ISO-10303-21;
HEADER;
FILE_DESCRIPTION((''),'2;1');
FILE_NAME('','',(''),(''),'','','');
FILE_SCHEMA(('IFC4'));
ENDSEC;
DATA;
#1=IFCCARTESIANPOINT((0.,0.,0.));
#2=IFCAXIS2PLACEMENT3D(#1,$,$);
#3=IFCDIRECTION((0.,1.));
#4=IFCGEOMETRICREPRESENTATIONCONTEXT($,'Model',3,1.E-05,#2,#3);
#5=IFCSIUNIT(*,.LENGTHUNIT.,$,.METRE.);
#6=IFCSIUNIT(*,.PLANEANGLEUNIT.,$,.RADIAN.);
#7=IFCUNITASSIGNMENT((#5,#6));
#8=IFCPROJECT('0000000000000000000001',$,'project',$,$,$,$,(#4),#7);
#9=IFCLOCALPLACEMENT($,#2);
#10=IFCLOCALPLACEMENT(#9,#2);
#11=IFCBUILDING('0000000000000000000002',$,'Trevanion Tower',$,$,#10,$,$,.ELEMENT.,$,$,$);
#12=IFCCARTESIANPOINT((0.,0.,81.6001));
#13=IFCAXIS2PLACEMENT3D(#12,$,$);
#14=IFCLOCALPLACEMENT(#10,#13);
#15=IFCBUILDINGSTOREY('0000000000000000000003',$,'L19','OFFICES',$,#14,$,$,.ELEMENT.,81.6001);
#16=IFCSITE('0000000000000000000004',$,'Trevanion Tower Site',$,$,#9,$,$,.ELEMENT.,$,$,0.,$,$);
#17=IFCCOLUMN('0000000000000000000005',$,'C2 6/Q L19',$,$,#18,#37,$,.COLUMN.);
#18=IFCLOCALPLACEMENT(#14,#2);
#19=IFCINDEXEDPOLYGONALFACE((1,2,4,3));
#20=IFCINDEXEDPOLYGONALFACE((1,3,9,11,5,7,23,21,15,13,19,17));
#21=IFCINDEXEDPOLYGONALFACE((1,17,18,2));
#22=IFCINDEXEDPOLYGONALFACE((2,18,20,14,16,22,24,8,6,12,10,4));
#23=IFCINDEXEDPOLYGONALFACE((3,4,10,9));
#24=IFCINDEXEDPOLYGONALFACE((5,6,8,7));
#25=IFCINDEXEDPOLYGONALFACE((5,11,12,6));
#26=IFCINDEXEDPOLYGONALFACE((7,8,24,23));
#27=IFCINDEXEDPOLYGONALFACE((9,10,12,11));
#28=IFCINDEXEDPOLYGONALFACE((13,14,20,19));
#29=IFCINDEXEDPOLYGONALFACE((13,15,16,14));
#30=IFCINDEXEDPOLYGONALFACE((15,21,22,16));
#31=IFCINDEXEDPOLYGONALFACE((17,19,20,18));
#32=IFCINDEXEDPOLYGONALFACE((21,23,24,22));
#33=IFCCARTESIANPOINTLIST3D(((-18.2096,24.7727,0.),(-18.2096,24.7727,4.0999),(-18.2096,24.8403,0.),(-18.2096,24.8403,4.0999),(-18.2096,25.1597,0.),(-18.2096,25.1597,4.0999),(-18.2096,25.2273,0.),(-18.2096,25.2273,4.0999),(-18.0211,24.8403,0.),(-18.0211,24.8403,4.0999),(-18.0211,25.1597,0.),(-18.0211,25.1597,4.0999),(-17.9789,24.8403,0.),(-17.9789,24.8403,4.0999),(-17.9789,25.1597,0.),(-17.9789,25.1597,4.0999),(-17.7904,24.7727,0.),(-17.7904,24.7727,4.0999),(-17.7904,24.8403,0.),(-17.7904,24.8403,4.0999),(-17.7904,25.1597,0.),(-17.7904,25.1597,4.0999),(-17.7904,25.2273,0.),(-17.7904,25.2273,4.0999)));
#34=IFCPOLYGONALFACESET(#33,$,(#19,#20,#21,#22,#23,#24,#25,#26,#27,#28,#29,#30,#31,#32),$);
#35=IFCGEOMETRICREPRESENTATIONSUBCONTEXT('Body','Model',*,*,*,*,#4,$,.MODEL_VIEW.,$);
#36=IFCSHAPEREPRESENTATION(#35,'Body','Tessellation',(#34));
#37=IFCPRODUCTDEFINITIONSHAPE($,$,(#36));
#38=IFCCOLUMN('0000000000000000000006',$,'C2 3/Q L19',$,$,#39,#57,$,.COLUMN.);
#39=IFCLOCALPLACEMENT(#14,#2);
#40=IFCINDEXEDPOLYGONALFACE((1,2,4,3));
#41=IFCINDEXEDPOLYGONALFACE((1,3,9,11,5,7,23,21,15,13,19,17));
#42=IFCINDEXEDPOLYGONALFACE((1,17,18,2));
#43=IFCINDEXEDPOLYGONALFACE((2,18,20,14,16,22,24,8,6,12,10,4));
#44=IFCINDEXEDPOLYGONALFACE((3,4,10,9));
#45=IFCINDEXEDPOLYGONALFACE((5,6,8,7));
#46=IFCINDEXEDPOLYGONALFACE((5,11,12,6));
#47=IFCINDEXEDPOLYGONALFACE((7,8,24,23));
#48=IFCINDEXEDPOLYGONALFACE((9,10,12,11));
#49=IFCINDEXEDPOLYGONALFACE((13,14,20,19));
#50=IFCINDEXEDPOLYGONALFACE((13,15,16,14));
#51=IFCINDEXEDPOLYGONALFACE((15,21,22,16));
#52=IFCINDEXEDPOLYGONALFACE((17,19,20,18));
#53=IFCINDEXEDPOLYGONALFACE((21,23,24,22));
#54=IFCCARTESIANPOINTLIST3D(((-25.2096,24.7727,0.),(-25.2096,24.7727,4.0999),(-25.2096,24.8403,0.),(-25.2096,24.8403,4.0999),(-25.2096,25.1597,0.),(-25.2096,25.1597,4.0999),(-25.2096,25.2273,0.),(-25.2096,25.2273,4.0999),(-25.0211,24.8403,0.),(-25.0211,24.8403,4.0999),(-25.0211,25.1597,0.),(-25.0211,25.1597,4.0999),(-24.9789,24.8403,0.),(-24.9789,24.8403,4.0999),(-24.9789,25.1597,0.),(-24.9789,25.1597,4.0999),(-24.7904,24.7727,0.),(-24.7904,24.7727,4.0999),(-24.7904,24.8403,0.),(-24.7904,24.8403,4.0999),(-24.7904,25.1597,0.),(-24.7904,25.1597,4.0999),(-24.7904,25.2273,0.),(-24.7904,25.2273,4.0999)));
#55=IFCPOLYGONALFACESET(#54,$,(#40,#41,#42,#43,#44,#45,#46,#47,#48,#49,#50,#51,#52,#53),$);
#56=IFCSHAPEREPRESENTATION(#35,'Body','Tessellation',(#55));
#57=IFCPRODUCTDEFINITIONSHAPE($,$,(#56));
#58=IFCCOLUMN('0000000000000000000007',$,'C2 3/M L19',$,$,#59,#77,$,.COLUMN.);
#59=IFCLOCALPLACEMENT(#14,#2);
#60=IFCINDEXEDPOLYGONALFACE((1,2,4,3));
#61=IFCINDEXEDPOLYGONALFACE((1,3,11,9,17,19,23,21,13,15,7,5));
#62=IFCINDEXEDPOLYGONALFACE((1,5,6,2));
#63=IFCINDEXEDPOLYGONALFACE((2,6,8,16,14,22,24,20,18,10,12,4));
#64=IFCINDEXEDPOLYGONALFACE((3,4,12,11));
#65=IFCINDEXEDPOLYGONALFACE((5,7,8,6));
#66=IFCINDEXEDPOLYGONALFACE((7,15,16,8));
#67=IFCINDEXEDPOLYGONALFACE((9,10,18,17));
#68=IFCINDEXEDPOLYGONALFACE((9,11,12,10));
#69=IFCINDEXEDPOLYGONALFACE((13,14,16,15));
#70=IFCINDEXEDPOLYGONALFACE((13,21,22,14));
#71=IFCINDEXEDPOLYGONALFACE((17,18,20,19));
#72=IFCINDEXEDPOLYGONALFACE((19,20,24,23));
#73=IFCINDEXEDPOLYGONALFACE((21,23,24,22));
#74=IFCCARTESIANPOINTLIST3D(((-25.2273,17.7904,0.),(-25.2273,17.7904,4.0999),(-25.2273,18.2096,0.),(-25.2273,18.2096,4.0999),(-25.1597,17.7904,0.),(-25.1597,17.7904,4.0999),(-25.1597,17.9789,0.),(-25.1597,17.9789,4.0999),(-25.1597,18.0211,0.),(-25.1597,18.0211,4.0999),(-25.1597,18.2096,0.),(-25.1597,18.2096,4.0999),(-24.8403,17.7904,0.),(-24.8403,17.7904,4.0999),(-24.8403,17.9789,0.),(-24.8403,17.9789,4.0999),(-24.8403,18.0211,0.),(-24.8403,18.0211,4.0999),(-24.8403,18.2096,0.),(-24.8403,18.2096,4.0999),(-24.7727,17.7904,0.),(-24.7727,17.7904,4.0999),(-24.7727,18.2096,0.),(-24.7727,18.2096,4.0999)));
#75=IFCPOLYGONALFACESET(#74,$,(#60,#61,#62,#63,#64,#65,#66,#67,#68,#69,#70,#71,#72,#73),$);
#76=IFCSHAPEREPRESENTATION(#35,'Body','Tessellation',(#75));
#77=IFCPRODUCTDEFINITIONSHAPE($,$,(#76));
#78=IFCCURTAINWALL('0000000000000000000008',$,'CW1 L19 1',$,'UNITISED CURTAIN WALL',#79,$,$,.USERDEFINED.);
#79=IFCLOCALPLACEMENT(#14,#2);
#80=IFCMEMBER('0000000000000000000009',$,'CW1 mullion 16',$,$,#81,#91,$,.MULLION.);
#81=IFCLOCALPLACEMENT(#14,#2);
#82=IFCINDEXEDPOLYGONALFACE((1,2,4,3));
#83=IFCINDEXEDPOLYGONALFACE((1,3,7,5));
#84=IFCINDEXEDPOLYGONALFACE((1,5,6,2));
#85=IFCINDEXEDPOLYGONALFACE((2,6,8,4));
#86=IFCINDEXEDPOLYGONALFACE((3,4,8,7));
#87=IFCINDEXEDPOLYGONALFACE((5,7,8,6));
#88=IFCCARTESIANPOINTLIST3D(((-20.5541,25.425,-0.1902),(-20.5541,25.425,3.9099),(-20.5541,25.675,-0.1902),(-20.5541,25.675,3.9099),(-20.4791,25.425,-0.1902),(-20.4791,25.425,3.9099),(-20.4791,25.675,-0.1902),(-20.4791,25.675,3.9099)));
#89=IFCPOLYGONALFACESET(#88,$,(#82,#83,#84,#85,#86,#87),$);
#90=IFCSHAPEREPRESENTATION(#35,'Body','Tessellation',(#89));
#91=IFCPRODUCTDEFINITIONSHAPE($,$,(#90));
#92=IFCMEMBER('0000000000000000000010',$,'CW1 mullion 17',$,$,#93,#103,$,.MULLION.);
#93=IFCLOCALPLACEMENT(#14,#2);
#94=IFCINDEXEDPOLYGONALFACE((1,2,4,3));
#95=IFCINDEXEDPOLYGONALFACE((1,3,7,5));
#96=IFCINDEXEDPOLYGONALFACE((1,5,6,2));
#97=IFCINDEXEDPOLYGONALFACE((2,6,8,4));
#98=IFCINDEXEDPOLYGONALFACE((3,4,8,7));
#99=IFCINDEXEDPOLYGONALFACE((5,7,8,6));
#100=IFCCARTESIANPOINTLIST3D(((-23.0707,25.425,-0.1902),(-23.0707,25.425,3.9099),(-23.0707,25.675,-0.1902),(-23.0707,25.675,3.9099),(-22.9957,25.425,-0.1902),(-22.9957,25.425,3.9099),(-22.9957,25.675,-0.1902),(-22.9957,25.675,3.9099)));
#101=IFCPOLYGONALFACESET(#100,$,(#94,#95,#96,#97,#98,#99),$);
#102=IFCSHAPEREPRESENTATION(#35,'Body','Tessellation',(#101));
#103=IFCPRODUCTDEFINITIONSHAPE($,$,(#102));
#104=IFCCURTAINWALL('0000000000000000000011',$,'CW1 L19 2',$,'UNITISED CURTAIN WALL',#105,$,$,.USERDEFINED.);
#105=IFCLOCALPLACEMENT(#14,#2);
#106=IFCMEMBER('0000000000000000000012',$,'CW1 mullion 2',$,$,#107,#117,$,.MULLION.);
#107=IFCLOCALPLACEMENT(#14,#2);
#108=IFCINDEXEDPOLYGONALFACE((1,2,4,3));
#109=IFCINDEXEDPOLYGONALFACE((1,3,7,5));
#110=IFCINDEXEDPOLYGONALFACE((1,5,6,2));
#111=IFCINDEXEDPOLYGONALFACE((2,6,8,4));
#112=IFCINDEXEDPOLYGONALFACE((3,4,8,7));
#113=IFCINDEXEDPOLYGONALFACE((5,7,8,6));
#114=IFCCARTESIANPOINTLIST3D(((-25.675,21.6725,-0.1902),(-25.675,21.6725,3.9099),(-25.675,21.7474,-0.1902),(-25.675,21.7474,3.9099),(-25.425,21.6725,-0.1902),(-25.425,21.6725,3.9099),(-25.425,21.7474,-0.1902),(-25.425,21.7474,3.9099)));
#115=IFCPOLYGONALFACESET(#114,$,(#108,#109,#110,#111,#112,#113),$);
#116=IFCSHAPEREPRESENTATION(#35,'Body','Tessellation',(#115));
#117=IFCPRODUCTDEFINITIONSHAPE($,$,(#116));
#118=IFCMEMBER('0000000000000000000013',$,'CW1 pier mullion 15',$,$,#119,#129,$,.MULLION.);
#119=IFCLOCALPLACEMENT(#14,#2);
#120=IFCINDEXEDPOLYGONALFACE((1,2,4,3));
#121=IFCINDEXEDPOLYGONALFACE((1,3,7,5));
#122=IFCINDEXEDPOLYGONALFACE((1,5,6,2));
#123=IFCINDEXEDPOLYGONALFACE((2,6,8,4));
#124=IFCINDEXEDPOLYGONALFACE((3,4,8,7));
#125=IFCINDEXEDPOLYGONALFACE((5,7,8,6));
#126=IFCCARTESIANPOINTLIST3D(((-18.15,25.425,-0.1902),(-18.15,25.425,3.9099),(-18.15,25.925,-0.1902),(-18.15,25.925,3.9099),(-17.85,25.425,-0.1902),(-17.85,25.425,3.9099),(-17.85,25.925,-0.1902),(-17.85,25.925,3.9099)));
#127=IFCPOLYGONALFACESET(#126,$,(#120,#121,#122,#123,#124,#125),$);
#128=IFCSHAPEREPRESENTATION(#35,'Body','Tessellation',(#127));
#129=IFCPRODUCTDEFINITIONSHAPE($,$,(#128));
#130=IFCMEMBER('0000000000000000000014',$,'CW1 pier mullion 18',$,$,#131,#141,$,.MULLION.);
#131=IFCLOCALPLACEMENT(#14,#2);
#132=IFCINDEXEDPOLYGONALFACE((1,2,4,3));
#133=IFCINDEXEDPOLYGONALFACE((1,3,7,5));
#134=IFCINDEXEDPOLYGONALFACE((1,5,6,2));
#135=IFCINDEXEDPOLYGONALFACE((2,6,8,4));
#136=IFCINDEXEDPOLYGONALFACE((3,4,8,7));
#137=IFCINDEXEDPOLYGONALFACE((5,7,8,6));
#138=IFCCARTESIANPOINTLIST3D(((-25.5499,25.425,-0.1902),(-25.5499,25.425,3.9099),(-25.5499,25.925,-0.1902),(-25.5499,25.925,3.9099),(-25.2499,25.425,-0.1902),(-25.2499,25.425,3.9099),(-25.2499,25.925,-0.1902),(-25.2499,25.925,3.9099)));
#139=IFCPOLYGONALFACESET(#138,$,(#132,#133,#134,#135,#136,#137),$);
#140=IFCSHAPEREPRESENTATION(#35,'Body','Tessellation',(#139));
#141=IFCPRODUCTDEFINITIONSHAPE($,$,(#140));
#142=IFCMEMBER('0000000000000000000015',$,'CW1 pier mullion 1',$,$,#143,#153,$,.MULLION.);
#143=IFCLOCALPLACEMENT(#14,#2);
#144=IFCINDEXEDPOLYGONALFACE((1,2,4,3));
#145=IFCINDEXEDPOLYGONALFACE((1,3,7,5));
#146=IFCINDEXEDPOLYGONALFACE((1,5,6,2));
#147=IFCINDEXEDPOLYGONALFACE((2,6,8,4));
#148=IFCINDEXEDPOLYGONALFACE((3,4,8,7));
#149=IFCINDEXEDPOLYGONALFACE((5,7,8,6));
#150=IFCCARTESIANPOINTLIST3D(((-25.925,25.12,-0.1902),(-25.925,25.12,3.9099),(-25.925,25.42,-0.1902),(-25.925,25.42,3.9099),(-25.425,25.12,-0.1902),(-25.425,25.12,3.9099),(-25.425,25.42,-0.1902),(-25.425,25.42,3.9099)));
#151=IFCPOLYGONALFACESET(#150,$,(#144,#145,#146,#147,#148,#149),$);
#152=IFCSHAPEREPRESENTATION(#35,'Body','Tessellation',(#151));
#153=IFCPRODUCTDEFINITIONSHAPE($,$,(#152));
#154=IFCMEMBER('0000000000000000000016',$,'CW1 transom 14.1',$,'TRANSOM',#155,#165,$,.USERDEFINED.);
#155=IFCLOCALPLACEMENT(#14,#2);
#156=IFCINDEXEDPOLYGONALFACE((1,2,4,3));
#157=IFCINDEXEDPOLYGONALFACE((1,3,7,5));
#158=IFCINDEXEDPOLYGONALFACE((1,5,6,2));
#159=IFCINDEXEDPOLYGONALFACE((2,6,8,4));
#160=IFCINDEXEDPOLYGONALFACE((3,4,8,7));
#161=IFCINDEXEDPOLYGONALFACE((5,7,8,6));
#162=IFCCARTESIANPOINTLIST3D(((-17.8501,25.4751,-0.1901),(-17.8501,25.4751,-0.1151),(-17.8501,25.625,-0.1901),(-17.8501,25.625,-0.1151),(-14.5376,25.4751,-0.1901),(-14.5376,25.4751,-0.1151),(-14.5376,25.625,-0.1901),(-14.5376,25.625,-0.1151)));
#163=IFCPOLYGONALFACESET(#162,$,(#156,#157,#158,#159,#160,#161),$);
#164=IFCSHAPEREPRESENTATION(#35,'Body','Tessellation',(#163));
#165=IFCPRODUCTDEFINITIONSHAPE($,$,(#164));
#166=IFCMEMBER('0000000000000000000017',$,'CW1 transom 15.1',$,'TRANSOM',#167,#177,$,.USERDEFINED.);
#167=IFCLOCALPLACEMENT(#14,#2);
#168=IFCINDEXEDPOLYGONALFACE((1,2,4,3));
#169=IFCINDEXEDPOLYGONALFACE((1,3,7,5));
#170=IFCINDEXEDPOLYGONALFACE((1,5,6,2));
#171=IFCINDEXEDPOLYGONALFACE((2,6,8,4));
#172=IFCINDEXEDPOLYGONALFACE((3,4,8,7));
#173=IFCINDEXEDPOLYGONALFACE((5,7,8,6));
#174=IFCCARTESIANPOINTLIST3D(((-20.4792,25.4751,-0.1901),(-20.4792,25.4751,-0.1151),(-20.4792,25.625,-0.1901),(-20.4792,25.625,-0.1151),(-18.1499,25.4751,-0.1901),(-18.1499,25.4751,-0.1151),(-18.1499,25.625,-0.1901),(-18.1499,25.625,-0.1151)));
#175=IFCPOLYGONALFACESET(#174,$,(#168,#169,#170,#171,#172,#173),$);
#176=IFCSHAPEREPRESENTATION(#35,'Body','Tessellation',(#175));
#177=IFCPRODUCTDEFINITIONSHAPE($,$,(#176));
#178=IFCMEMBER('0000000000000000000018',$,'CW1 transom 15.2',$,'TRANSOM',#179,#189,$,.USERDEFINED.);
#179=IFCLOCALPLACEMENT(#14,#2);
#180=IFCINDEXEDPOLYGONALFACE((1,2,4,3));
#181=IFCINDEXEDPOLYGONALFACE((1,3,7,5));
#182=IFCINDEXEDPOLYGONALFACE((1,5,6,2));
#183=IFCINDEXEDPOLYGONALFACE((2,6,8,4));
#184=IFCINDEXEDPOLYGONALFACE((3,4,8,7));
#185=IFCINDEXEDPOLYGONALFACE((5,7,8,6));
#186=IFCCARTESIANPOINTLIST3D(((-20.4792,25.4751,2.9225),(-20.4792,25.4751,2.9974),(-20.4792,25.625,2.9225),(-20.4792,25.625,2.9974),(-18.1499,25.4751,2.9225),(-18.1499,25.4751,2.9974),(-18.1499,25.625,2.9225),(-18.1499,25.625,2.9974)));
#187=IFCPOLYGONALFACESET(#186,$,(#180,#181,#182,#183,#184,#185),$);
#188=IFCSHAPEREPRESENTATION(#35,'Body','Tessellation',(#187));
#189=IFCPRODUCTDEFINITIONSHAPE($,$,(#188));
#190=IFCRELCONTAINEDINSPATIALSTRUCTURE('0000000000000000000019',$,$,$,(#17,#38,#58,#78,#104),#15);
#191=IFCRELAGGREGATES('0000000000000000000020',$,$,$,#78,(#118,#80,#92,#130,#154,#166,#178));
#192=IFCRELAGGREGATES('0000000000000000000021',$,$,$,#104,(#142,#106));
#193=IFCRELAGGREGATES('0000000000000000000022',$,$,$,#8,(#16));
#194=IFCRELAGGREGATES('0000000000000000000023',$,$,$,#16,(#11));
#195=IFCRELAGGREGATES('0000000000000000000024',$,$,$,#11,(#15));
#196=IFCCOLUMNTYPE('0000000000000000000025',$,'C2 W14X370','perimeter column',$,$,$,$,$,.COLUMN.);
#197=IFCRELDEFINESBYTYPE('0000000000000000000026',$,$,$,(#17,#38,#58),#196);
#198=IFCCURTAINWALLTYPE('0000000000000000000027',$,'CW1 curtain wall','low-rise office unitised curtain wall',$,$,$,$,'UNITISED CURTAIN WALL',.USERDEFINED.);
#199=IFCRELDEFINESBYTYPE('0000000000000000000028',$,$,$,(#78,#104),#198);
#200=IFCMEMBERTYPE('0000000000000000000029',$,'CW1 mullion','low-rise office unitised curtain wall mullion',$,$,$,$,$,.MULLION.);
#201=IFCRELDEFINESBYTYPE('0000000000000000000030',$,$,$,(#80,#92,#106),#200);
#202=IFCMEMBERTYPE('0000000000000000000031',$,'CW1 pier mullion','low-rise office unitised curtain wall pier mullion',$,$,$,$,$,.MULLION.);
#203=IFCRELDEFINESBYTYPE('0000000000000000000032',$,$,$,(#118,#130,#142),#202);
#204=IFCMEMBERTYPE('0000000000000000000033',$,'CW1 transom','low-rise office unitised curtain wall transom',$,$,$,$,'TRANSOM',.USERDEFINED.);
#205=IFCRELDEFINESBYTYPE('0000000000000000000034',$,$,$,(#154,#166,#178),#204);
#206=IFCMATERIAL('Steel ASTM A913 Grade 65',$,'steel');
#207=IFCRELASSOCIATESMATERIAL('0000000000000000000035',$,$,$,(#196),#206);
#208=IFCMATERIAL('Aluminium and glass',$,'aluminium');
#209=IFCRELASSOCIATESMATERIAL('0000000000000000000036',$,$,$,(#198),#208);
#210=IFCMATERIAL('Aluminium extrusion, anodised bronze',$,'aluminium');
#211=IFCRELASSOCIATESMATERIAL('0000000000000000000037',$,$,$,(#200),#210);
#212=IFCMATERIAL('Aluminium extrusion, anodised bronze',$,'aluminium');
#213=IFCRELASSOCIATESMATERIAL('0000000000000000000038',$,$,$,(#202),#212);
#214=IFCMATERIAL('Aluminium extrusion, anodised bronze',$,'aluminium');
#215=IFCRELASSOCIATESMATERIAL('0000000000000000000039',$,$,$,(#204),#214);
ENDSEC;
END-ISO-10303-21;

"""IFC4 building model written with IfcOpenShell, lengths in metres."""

from ifc_helpers import new_model, si_unit, direction, frame, origin, origin_2d, place, context, subcontext, project, spatial, rectangle, i_section, extrude, material, material_profile, profile_set, type_object, element, aggregate, save


model = new_model("IFC4")

# Units and contexts
model_context = context("Model", 3, precision=1e-05, world=origin(), true_north=direction((0.0, 1.0)))
body_context = subcontext(model_context, "Body", "Model", "MODEL_VIEW")
ifc_project = project(units=[si_unit("LENGTHUNIT", "METRE"), si_unit("PLANEANGLEUNIT", "RADIAN")], contexts=[model_context])

# Site, building, storey
site_placement = place(None, origin())
site = spatial("IfcSite", under=ifc_project, at=site_placement, Name="Trevanion Tower Site", CompositionType="ELEMENT", RefElevation=0.0)
building_placement = place(site_placement, origin())
building = spatial("IfcBuilding", under=site, at=building_placement, Name="Trevanion Tower", CompositionType="ELEMENT")
storey_placement = place(building_placement, frame((0.0, 0.0, 81.6001)))
storey = spatial("IfcBuildingStorey", under=building, at=storey_placement, Name="L19", Description="OFFICES", CompositionType="ELEMENT", Elevation=81.6001)

# Columns
ifc_material_1 = material(Name="Steel ASTM A913 Grade 65", Category="steel")
ifc_material_profile_1 = material_profile(ifc_material_1, i_section(OverallWidth=0.4192, OverallDepth=0.4546, WebThickness=0.0422, FlangeThickness=0.0676, at=origin_2d()), Name="W14X370")
ifc_profile_set_1 = profile_set([ifc_material_profile_1], Name="Steel ASTM A913 Grade 65")
column_type = type_object("IfcColumnType", Name="C2 W14X370", Description="perimeter column", PredefinedType="COLUMN", material=ifc_profile_set_1)
for number, where, z_axis, x_axis, name in (
    (1, (-18.0, 25.0, 0.0), (0.0, 0.0, 1.0), (1.0, 0.0, 0.0), "C2 6/Q L19"),
    (2, (-25.0, 25.0, 0.0), (0.0, 0.0, 1.0), (1.0, 0.0, 0.0), "C2 3/Q L19"),
    (3, (-25.0, 18.0, 0.0), (0.0, 0.0, 1.0), (0.0, 1.0, 0.0), "C2 3/M L19"),
):
    element("IfcColumn", number, at=place(storey_placement, frame(where, z_axis=z_axis, x_axis=x_axis)), inside=storey, type_object=column_type, Name=name, PredefinedType="COLUMN", context=body_context, shape_type="SweptSolid", body=[
        extrude(i_section(OverallWidth=0.4192, OverallDepth=0.4546, WebThickness=0.0422, FlangeThickness=0.0676, at=origin_2d()), origin(), (0.0, 0.0, 1.0), 4.0999),
    ])

# Curtain wall, members
ifc_material_2 = material(Name="Aluminium and glass", Category="aluminium")
curtain_wall_type = type_object("IfcCurtainWallType", Name="CW1 curtain wall", Description="low-rise office unitised curtain wall", ElementType="UNITISED CURTAIN WALL", PredefinedType="USERDEFINED", material=ifc_material_2)
curtain_wall_1_placement = place(storey_placement, origin())
curtain_wall_1 = element("IfcCurtainWall", 4, at=curtain_wall_1_placement, inside=storey, type_object=curtain_wall_type, Name="CW1 L19 1", ObjectType="UNITISED CURTAIN WALL", PredefinedType="USERDEFINED")
ifc_material_3 = material(Name="Aluminium extrusion, anodised bronze", Category="aluminium")
ifc_material_profile_2 = material_profile(ifc_material_3, rectangle(XDim=0.075, YDim=0.25, at=origin_2d()), Name="CW1 mullion")
ifc_profile_set_2 = profile_set([ifc_material_profile_2], Name="Aluminium extrusion, anodised bronze")
member_type_1 = type_object("IfcMemberType", Name="CW1 mullion", Description="low-rise office unitised curtain wall mullion", PredefinedType="MULLION", material=ifc_profile_set_2)
member_1_placement = place(storey_placement, frame((-20.5166, 25.55, -0.1902), z_axis=(0.0, 0.0, 1.0), x_axis=(-1.0, 0.0, 0.0)))
member_1 = element("IfcMember", 5, at=member_1_placement, type_object=member_type_1, Name="CW1 mullion 16", PredefinedType="MULLION", context=body_context, shape_type="SweptSolid", body=[
    extrude(rectangle(XDim=0.075, YDim=0.25, at=origin_2d()), origin(), (0.0, 0.0, 1.0), 4.1001),
])
member_2_placement = place(storey_placement, frame((-23.0332, 25.55, -0.1902), z_axis=(0.0, 0.0, 1.0), x_axis=(-1.0, 0.0, 0.0)))
member_2 = element("IfcMember", 6, at=member_2_placement, type_object=member_type_1, Name="CW1 mullion 17", PredefinedType="MULLION", context=body_context, shape_type="SweptSolid", body=[
    extrude(rectangle(XDim=0.075, YDim=0.25, at=origin_2d()), origin(), (0.0, 0.0, 1.0), 4.1001),
])

# Curtain wall, member
curtain_wall_2_placement = place(storey_placement, origin())
curtain_wall_2 = element("IfcCurtainWall", 7, at=curtain_wall_2_placement, inside=storey, type_object=curtain_wall_type, Name="CW1 L19 2", ObjectType="UNITISED CURTAIN WALL", PredefinedType="USERDEFINED")
member_3_placement = place(storey_placement, frame((-25.55, 21.71, -0.1902), z_axis=(0.0, 0.0, 1.0), x_axis=(0.0, -1.0, 0.0)))
member_3 = element("IfcMember", 8, at=member_3_placement, type_object=member_type_1, Name="CW1 mullion 2", PredefinedType="MULLION", context=body_context, shape_type="SweptSolid", body=[
    extrude(rectangle(XDim=0.075, YDim=0.25, at=origin_2d()), origin(), (0.0, 0.0, 1.0), 4.1001),
])

# Members
ifc_material_4 = material(Name="Aluminium extrusion, anodised bronze", Category="aluminium")
ifc_material_profile_3 = material_profile(ifc_material_4, rectangle(XDim=0.3, YDim=0.5, at=origin_2d()), Name="CW1 pier mullion")
ifc_profile_set_3 = profile_set([ifc_material_profile_3], Name="Aluminium extrusion, anodised bronze")
member_type_2 = type_object("IfcMemberType", Name="CW1 pier mullion", Description="low-rise office unitised curtain wall pier mullion", PredefinedType="MULLION", material=ifc_profile_set_3)
member_4_placement = place(storey_placement, frame((-18.0, 25.675, -0.1902), z_axis=(0.0, 0.0, 1.0), x_axis=(-1.0, 0.0, 0.0)))
member_4 = element("IfcMember", 9, at=member_4_placement, type_object=member_type_2, Name="CW1 pier mullion 15", PredefinedType="MULLION", context=body_context, shape_type="SweptSolid", body=[
    extrude(rectangle(XDim=0.3, YDim=0.5, at=origin_2d()), origin(), (0.0, 0.0, 1.0), 4.1001),
])
member_5_placement = place(storey_placement, frame((-25.3999, 25.675, -0.1902), z_axis=(0.0, 0.0, 1.0), x_axis=(-1.0, 0.0, 0.0)))
member_5 = element("IfcMember", 10, at=member_5_placement, type_object=member_type_2, Name="CW1 pier mullion 18", PredefinedType="MULLION", context=body_context, shape_type="SweptSolid", body=[
    extrude(rectangle(XDim=0.3, YDim=0.5, at=origin_2d()), origin(), (0.0, 0.0, 1.0), 4.1001),
])
member_6_placement = place(storey_placement, frame((-25.675, 25.27, -0.1902), z_axis=(0.0, 0.0, 1.0), x_axis=(0.0, -1.0, 0.0)))
member_6 = element("IfcMember", 11, at=member_6_placement, type_object=member_type_2, Name="CW1 pier mullion 1", PredefinedType="MULLION", context=body_context, shape_type="SweptSolid", body=[
    extrude(rectangle(XDim=0.3, YDim=0.5, at=origin_2d()), origin(), (0.0, 0.0, 1.0), 4.1001),
])
ifc_material_5 = material(Name="Aluminium extrusion, anodised bronze", Category="aluminium")
ifc_material_profile_4 = material_profile(ifc_material_5, rectangle(XDim=0.1499, YDim=0.075, at=origin_2d()), Name="CW1 transom")
ifc_profile_set_4 = profile_set([ifc_material_profile_4], Name="Aluminium extrusion, anodised bronze")
member_type_3 = type_object("IfcMemberType", Name="CW1 transom", Description="low-rise office unitised curtain wall transom", ElementType="TRANSOM", PredefinedType="USERDEFINED", material=ifc_profile_set_4)
member_7_placement = place(storey_placement, frame((-14.5376, 25.55, -0.1526), z_axis=(-1.0, 0.0, 0.0), x_axis=(0.0, -1.0, 0.0)))
member_7 = element("IfcMember", 12, at=member_7_placement, type_object=member_type_3, Name="CW1 transom 14.1", ObjectType="TRANSOM", PredefinedType="USERDEFINED", context=body_context, shape_type="SweptSolid", body=[
    extrude(rectangle(XDim=0.1499, YDim=0.075, at=origin_2d()), origin(), (0.0, 0.0, 1.0), 3.3125),
])
member_8_placement = place(storey_placement, frame((-18.1499, 25.55, -0.1526), z_axis=(-1.0, 0.0, 0.0), x_axis=(0.0, -1.0, 0.0)))
member_8 = element("IfcMember", 13, at=member_8_placement, type_object=member_type_3, Name="CW1 transom 15.1", ObjectType="TRANSOM", PredefinedType="USERDEFINED", context=body_context, shape_type="SweptSolid", body=[
    extrude(rectangle(XDim=0.1499, YDim=0.075, at=origin_2d()), origin(), (0.0, 0.0, 1.0), 2.3293),
])
member_9_placement = place(storey_placement, frame((-18.1499, 25.55, 2.96), z_axis=(-1.0, 0.0, 0.0), x_axis=(0.0, -1.0, 0.0)))
member_9 = element("IfcMember", 14, at=member_9_placement, type_object=member_type_3, Name="CW1 transom 15.2", ObjectType="TRANSOM", PredefinedType="USERDEFINED", context=body_context, shape_type="SweptSolid", body=[
    extrude(rectangle(XDim=0.1499, YDim=0.075, at=origin_2d()), origin(), (0.0, 0.0, 1.0), 2.3293),
])

aggregate(curtain_wall_1, [member_4, member_1, member_2, member_5, member_7, member_8, member_9])
aggregate(curtain_wall_2, [member_6, member_3])

save(model, "model.ifc")
